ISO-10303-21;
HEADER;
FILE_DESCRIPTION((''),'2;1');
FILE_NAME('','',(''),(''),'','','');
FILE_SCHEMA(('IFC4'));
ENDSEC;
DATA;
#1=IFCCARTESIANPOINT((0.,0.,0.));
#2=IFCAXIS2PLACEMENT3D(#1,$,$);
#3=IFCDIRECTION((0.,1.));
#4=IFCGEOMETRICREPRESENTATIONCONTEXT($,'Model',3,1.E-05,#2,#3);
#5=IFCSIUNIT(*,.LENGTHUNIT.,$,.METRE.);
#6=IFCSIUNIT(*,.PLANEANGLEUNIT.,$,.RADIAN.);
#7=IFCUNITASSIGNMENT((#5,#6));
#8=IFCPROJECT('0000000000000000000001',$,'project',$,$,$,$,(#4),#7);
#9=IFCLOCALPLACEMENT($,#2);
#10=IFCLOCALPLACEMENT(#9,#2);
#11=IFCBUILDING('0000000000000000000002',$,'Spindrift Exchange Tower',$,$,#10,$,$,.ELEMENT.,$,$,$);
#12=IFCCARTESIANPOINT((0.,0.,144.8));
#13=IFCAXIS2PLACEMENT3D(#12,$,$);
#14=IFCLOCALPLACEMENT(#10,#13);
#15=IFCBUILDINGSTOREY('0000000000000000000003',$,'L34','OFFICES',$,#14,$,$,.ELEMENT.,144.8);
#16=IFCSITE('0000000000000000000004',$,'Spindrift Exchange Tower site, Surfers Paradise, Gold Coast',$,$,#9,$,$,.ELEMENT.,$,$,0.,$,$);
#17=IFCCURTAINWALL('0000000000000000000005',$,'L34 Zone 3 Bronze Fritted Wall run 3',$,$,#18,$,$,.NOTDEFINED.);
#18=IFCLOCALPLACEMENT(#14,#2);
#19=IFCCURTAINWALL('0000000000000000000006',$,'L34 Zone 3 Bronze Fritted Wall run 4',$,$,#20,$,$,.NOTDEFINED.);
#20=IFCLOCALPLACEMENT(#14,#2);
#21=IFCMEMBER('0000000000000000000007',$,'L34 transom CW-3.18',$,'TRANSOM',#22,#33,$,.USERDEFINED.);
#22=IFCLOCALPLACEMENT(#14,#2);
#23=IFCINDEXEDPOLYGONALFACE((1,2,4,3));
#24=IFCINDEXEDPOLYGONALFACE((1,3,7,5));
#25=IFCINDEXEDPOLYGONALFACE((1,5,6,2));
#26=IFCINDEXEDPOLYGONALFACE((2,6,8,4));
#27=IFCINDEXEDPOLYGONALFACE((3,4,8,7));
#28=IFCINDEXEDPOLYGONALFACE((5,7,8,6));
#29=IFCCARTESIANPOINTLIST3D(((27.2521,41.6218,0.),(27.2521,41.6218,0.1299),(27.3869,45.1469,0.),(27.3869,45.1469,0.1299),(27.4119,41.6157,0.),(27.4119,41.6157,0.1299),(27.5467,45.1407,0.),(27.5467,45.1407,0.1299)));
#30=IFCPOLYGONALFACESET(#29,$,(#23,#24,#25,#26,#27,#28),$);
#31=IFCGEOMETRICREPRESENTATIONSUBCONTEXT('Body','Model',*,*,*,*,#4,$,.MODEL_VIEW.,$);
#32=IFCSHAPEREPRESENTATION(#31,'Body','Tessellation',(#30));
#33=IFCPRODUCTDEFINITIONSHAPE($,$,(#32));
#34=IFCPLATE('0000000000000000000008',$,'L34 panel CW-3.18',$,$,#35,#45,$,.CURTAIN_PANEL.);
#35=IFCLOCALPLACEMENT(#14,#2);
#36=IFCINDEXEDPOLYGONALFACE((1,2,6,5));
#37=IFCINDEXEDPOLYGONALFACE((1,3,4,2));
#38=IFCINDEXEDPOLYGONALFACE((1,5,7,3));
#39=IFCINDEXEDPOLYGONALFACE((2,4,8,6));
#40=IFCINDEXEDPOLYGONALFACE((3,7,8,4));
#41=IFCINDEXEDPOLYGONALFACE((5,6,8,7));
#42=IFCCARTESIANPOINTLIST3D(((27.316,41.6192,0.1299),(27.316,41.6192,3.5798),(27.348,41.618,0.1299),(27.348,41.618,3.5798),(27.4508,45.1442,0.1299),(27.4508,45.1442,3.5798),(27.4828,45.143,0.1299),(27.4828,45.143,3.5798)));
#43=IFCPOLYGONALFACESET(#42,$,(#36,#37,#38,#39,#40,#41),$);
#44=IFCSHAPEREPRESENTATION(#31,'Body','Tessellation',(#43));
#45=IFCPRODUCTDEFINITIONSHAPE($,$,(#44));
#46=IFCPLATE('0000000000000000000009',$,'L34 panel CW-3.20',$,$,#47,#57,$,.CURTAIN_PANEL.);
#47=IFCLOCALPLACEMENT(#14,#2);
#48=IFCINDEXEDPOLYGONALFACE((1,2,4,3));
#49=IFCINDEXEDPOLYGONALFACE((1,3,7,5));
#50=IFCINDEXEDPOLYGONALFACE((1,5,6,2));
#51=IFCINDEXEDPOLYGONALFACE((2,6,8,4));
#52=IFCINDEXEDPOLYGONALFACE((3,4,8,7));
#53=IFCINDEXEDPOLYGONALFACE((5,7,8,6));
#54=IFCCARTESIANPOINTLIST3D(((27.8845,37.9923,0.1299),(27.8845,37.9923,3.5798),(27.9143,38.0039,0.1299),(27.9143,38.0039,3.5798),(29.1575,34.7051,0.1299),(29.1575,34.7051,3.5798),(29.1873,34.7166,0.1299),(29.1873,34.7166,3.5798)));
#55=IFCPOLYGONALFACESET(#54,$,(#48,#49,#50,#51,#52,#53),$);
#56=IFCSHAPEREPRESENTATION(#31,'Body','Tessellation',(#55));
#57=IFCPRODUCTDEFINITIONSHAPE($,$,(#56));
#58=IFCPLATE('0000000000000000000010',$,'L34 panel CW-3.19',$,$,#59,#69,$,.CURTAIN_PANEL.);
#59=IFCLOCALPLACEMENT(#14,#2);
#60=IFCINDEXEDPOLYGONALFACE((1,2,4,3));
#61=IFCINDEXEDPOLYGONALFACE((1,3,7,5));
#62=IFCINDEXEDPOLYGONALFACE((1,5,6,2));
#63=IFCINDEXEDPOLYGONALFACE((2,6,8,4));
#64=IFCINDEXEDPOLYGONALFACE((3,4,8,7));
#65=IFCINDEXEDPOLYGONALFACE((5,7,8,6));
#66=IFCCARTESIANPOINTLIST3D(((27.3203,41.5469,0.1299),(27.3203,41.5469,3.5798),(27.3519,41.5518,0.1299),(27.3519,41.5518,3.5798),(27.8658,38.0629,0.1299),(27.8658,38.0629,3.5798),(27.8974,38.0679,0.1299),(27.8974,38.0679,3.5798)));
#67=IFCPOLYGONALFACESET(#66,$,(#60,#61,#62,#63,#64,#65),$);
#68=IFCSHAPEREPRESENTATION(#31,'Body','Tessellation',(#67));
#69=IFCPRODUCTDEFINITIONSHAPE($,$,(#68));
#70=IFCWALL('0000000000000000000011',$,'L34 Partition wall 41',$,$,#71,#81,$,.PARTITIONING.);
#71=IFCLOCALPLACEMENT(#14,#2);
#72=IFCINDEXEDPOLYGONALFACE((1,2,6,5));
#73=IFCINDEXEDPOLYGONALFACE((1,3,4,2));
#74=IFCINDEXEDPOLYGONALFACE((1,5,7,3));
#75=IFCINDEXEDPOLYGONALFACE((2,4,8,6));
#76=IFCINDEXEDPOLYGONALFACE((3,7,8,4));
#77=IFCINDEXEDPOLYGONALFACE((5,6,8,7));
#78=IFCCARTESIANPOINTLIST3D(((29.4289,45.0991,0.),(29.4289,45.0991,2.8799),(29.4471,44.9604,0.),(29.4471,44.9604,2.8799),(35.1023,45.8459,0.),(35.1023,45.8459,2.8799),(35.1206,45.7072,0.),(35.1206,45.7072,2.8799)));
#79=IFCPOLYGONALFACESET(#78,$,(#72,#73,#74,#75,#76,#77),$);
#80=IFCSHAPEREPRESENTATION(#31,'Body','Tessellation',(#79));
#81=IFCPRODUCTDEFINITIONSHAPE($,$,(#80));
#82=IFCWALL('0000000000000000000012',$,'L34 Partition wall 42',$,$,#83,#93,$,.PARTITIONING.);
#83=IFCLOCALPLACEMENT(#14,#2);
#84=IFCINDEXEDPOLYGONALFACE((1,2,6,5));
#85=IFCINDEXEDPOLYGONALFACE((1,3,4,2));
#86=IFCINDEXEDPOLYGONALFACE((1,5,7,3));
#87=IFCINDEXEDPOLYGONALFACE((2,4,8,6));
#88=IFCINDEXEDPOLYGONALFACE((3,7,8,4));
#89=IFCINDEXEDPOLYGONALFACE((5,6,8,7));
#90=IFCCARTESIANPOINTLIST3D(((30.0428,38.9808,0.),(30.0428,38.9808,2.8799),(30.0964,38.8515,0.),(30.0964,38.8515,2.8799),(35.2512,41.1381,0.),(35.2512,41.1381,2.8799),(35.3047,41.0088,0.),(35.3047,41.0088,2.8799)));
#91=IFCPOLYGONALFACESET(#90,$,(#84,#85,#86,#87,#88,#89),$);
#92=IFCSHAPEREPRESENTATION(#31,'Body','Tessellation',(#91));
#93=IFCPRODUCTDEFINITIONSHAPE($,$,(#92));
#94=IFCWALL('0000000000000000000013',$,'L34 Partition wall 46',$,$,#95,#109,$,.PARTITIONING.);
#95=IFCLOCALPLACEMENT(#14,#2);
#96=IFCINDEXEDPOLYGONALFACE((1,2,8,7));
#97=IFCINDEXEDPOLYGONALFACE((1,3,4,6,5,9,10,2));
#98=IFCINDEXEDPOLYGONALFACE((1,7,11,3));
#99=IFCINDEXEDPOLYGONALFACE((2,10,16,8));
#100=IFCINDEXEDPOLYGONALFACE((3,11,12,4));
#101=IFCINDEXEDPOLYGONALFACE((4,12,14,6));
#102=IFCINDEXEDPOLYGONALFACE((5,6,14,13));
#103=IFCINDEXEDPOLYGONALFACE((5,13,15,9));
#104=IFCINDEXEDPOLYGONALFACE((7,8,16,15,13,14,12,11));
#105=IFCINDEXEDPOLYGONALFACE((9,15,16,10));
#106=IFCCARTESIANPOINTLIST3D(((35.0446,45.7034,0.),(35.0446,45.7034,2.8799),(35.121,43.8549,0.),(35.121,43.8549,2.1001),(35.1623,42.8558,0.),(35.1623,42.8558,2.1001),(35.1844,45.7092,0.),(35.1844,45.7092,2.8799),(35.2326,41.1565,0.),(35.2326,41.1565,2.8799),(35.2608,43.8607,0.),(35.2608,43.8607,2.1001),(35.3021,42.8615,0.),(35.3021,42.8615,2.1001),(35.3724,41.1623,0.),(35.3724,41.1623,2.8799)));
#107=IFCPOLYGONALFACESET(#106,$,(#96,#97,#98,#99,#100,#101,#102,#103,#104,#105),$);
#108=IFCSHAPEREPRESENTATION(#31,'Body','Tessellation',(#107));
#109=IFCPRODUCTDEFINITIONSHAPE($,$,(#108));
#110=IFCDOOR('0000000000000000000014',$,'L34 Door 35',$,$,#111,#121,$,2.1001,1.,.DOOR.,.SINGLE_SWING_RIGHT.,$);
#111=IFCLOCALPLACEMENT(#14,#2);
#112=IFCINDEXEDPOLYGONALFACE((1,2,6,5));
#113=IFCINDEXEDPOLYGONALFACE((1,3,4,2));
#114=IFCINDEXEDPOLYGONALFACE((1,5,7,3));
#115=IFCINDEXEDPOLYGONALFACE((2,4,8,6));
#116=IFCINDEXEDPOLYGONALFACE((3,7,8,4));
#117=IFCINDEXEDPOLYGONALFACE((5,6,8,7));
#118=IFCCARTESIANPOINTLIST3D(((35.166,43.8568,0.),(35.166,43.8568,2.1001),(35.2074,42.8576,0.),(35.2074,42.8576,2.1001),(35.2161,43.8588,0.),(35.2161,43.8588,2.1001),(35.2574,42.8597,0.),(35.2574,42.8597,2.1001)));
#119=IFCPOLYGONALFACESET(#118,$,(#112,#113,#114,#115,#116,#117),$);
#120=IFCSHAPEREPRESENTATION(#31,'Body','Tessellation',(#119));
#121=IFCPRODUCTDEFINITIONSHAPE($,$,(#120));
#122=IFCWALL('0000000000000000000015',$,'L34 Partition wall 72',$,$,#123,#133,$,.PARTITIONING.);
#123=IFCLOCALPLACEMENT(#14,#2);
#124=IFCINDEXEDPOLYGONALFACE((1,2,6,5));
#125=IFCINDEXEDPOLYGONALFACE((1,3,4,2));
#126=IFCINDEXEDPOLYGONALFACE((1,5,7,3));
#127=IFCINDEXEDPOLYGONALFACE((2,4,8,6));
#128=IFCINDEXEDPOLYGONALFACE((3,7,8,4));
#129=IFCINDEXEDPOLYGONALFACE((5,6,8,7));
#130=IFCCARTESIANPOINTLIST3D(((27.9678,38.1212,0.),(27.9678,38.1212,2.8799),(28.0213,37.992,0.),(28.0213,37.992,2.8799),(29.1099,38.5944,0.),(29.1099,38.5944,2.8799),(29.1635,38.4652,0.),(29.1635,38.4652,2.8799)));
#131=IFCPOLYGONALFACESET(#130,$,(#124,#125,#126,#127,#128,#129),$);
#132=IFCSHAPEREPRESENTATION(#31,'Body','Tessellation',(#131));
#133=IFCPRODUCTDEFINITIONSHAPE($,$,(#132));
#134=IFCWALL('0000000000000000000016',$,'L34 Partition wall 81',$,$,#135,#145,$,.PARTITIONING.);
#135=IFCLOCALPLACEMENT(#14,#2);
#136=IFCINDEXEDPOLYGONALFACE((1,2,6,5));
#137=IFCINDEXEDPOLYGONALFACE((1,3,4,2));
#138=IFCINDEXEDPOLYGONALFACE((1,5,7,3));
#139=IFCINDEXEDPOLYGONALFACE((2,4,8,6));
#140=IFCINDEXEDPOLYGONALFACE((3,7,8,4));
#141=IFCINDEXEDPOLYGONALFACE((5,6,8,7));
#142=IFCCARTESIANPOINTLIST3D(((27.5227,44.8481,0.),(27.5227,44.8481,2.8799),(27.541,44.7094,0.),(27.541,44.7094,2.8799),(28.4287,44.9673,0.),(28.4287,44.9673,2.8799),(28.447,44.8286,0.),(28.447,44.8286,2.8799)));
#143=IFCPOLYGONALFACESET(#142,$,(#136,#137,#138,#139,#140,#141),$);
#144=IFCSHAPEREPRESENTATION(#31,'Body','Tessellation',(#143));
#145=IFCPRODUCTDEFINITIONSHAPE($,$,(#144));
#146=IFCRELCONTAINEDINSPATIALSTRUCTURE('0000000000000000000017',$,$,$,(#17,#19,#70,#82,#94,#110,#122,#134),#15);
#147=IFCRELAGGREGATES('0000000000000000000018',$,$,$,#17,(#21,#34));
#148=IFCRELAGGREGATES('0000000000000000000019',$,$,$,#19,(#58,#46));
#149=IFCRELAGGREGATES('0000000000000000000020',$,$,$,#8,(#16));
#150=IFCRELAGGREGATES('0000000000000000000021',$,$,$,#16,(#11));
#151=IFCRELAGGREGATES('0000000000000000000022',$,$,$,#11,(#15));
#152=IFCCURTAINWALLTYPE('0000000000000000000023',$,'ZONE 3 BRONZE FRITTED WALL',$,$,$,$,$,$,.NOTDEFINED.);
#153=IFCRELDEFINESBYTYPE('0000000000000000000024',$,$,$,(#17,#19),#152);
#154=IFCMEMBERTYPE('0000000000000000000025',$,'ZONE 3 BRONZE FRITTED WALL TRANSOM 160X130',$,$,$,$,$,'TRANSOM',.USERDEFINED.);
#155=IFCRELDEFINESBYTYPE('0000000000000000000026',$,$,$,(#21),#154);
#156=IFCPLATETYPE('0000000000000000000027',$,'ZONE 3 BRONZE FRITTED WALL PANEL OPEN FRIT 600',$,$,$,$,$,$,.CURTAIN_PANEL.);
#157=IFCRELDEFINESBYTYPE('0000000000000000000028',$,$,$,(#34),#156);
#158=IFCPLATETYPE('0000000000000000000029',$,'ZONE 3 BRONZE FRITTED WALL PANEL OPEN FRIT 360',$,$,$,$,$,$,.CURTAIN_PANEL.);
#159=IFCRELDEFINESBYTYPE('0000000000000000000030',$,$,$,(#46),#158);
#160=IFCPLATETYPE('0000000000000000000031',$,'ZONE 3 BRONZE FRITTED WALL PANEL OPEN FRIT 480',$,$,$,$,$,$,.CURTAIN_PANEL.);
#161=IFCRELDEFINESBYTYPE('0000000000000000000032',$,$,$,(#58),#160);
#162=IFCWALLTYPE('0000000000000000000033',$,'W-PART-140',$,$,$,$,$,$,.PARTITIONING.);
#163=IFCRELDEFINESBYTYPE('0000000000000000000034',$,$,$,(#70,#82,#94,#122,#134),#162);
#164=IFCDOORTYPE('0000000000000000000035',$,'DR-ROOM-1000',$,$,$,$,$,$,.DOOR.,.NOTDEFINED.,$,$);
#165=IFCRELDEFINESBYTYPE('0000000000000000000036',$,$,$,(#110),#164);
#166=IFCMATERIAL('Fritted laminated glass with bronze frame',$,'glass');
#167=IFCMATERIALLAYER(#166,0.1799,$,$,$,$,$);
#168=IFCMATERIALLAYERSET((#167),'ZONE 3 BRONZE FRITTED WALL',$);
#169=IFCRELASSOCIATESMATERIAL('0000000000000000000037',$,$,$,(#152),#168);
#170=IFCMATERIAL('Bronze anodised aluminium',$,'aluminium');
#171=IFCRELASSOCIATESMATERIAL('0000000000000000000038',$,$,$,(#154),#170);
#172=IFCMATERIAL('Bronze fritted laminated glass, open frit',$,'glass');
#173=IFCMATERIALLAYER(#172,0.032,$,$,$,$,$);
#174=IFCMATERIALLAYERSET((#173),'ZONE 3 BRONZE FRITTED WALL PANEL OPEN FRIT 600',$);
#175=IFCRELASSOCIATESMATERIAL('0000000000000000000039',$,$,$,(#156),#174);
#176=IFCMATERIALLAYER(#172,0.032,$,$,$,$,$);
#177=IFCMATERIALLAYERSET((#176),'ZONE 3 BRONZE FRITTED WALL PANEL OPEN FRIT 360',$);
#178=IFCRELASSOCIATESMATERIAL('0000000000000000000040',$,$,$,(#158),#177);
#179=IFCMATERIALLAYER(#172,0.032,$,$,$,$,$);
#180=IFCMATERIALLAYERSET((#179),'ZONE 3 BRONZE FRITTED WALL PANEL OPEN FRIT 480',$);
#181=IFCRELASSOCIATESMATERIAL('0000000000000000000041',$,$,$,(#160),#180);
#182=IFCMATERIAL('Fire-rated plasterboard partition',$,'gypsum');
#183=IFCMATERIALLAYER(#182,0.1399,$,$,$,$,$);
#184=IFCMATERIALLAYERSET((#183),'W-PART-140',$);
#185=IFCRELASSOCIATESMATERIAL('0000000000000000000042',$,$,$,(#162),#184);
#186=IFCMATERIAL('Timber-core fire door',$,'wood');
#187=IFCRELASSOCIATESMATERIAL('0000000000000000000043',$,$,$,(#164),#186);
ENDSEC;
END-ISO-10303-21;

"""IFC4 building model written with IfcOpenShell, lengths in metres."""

from ifc_helpers import new_model, si_unit, direction, frame, frame_2d, origin, origin_2d, place, context, subcontext, project, spatial, rectangle, extrude, source, transform, mapped, material, layer, layer_set, material_profile, profile_set, type_object, element, fill, aggregate, save


model = new_model("IFC4")

# Units and contexts
model_context = context("Model", 3, precision=1e-05, world=origin(), true_north=direction((0.0, 1.0)))
body_context = subcontext(model_context, "Body", "Model", "MODEL_VIEW")
ifc_project = project(units=[si_unit("LENGTHUNIT", "METRE"), si_unit("PLANEANGLEUNIT", "RADIAN")], contexts=[model_context])

# Site, building, storey
site_placement = place(None, origin())
site = spatial("IfcSite", under=ifc_project, at=site_placement, Name="Spindrift Exchange Tower site, Surfers Paradise, Gold Coast", CompositionType="ELEMENT", RefElevation=0.0)
building_placement = place(site_placement, origin())
building = spatial("IfcBuilding", under=site, at=building_placement, Name="Spindrift Exchange Tower", CompositionType="ELEMENT")
storey_placement = place(building_placement, frame((0.0, 0.0, 144.8)))
storey = spatial("IfcBuildingStorey", under=building, at=storey_placement, Name="L34", Description="OFFICES", CompositionType="ELEMENT", Elevation=144.8)

# Curtain wall
ifc_material_1 = material(Name="Fritted laminated glass with bronze frame", Category="glass")
ifc_layer_1 = layer(ifc_material_1, 0.1799)
ifc_layer_set_1 = layer_set([ifc_layer_1], Name="ZONE 3 BRONZE FRITTED WALL")
curtain_wall_type = type_object("IfcCurtainWallType", Name="ZONE 3 BRONZE FRITTED WALL", PredefinedType="NOTDEFINED", material=ifc_layer_set_1)
curtain_wall_1_placement = place(storey_placement, origin())
curtain_wall_1 = element("IfcCurtainWall", 1, at=curtain_wall_1_placement, inside=storey, type_object=curtain_wall_type, Name="L34 Zone 3 Bronze Fritted Wall run 3", PredefinedType="NOTDEFINED")
ifc_material_2 = material(Name="Bronze anodised aluminium", Category="aluminium")

# Curtain wall
curtain_wall_2_placement = place(storey_placement, origin())
curtain_wall_2 = element("IfcCurtainWall", 2, at=curtain_wall_2_placement, inside=storey, type_object=curtain_wall_type, Name="L34 Zone 3 Bronze Fritted Wall run 4", PredefinedType="NOTDEFINED")
ifc_material_profile_1 = material_profile(ifc_material_2, rectangle(XDim=0.1599, YDim=0.1299, at=origin_2d()), Name="ZONE 3 BRONZE FRITTED WALL TRANSOM 160X130")
ifc_profile_set_1 = profile_set([ifc_material_profile_1], Name="Bronze anodised aluminium")
member_type_1 = type_object("IfcMemberType", Name="ZONE 3 BRONZE FRITTED WALL TRANSOM 160X130", ElementType="TRANSOM", PredefinedType="USERDEFINED", material=ifc_profile_set_1)

# Member
shared_shape_1 = source(origin(), body_context, "Body", "SweptSolid", [
    extrude(rectangle(XDim=0.1599, YDim=0.1299, at=origin_2d()), origin(), (0.0, 0.0, 1.0), 3.5276),
])
member_1_placement = place(storey_placement, frame((27.4668, 45.1438, 0.0649), z_axis=(-0.038205, -0.99927, 0.0), x_axis=(0.99927, -0.038205, 0.0)))
member_1 = element("IfcMember", 3, at=member_1_placement, type_object=member_type_1, Name="L34 transom CW-3.18", ObjectType="TRANSOM", PredefinedType="USERDEFINED", context=body_context, shape_type="MappedRepresentation", body=[
    mapped(shared_shape_1, transform((0.0, 0.0, 0.0), scale=1.0)),
])

# Plates
ifc_material_3 = material(Name="Bronze fritted laminated glass, open frit", Category="glass")
ifc_layer_2 = layer(ifc_material_3, 0.032)
ifc_layer_set_2 = layer_set([ifc_layer_2], Name="ZONE 3 BRONZE FRITTED WALL PANEL OPEN FRIT 600")
plate_type_1 = type_object("IfcPlateType", Name="ZONE 3 BRONZE FRITTED WALL PANEL OPEN FRIT 600", PredefinedType="CURTAIN_PANEL", material=ifc_layer_set_2)
shared_shape_2 = source(origin(), body_context, "Body", "SweptSolid", [
    extrude(rectangle(XDim=3.5276, YDim=0.032, at=origin_2d()), origin(), (0.0, 0.0, 1.0), 3.45),
])
plate_1_placement = place(storey_placement, frame((27.3994, 43.3811, 0.1299), z_axis=(0.0, 0.0, 1.0), x_axis=(-0.03822, -0.999269, 0.0)))
plate_1 = element("IfcPlate", 4, at=plate_1_placement, type_object=plate_type_1, Name="L34 panel CW-3.18", PredefinedType="CURTAIN_PANEL", context=body_context, shape_type="MappedRepresentation", body=[
    mapped(shared_shape_2, transform((0.0, 0.0, 0.0), scale=1.0)),
])
aggregate(curtain_wall_1, [member_1, plate_1])
ifc_layer_3 = layer(ifc_material_3, 0.032)
ifc_layer_set_3 = layer_set([ifc_layer_3], Name="ZONE 3 BRONZE FRITTED WALL PANEL OPEN FRIT 360")
plate_type_2 = type_object("IfcPlateType", Name="ZONE 3 BRONZE FRITTED WALL PANEL OPEN FRIT 360", PredefinedType="CURTAIN_PANEL", material=ifc_layer_set_3)
shared_shape_3 = source(origin(), body_context, "Body", "SweptSolid", [
    extrude(rectangle(XDim=3.5251, YDim=0.032, at=origin_2d()), origin(), (0.0, 0.0, 1.0), 3.45),
])
plate_2_placement = place(storey_placement, frame((28.5359, 36.3545, 0.1299), z_axis=(0.0, 0.0, 1.0), x_axis=(0.36113, -0.932516, 0.0)))
plate_2 = element("IfcPlate", 5, at=plate_2_placement, type_object=plate_type_2, Name="L34 panel CW-3.20", PredefinedType="CURTAIN_PANEL", context=body_context, shape_type="MappedRepresentation", body=[
    mapped(shared_shape_3, transform((0.0, 0.0, 0.0), scale=1.0)),
])
ifc_layer_4 = layer(ifc_material_3, 0.032)
ifc_layer_set_4 = layer_set([ifc_layer_4], Name="ZONE 3 BRONZE FRITTED WALL PANEL OPEN FRIT 480")
plate_type_3 = type_object("IfcPlateType", Name="ZONE 3 BRONZE FRITTED WALL PANEL OPEN FRIT 480", PredefinedType="CURTAIN_PANEL", material=ifc_layer_set_4)
shared_shape_4 = source(origin(), body_context, "Body", "SweptSolid", [
    extrude(rectangle(XDim=3.5264, YDim=0.032, at=origin_2d()), origin(), (0.0, 0.0, 1.0), 3.45),
])
plate_3_placement = place(storey_placement, frame((27.6089, 39.8074, 0.1299), z_axis=(0.0, 0.0, 1.0), x_axis=(0.154688, -0.987963, 0.0)))
plate_3 = element("IfcPlate", 6, at=plate_3_placement, type_object=plate_type_3, Name="L34 panel CW-3.19", PredefinedType="CURTAIN_PANEL", context=body_context, shape_type="MappedRepresentation", body=[
    mapped(shared_shape_4, transform((0.0, 0.0, 0.0), scale=1.0)),
])
aggregate(curtain_wall_2, [plate_3, plate_2])

# Walls
ifc_material_4 = material(Name="Fire-rated plasterboard partition", Category="gypsum")
ifc_layer_5 = layer(ifc_material_4, 0.1399)
ifc_layer_set_5 = layer_set([ifc_layer_5], Name="W-PART-140")
wall_type = type_object("IfcWallType", Name="W-PART-140", PredefinedType="PARTITIONING", material=ifc_layer_set_5)
wall_1_placement = place(storey_placement, frame((35.1116, 45.7766, 0.0), z_axis=(0.0, 0.0, 1.0), x_axis=(-0.991447, -0.130506, 0.0)))
element("IfcWall", 7, at=wall_1_placement, inside=storey, type_object=wall_type, Name="L34 Partition wall 41", PredefinedType="PARTITIONING", context=body_context, shape_type="SweptSolid", body=[
    extrude(rectangle(XDim=5.7224, YDim=0.1399, at=frame_2d((2.8613, 0.0))), origin(), (0.0, 0.0, 1.0), 2.8799),
])
wall_2_placement = place(storey_placement, frame((35.2781, 41.0735, 0.0), z_axis=(0.0, 0.0, 1.0), x_axis=(-0.923886, -0.382668, 0.0)))
element("IfcWall", 8, at=wall_2_placement, inside=storey, type_object=wall_type, Name="L34 Partition wall 42", PredefinedType="PARTITIONING", context=body_context, shape_type="SweptSolid", body=[
    extrude(rectangle(XDim=5.6375, YDim=0.1399, at=frame_2d((2.8188, 0.0))), origin(), (0.0, 0.0, 1.0), 2.8799),
])

# Wall, opening, door
wall_3_placement = place(storey_placement, frame((35.3025, 41.1594, 0.0), z_axis=(0.0, 0.0, 1.0), x_axis=(-0.041309, 0.999146, 0.0)))
wall_3 = element("IfcWall", 9, at=wall_3_placement, inside=storey, type_object=wall_type, Name="L34 Partition wall 46", PredefinedType="PARTITIONING", context=body_context, shape_type="SweptSolid", body=[
    extrude(rectangle(XDim=4.5508, YDim=0.1399, at=frame_2d((2.2754, 0.0))), origin(), (0.0, 0.0, 1.0), 2.8799),
])
opening_placement = place(wall_3_placement, frame((1.7007, 0.0, 0.0)))
opening = element("IfcOpeningElement", 10, at=opening_placement, cuts=wall_3, PredefinedType="OPENING", context=body_context, shape_type="SweptSolid", body=[
    extrude(rectangle(XDim=1.0, YDim=2.1001, at=frame_2d((0.5, 1.05))), frame((0.0, 0.0798, 0.0), z_axis=(0.0, -1.0, 0.0), x_axis=(1.0, 0.0, 0.0)), (0.0, 0.0, 1.0), 0.1599),
])
ifc_material_5 = material(Name="Timber-core fire door", Category="wood")
door_type = type_object("IfcDoorType", Name="DR-ROOM-1000", OperationType="NOTDEFINED", PredefinedType="DOOR", material=ifc_material_5)
shared_shape_5 = source(origin(), body_context, "Body", "SweptSolid", [
    extrude(rectangle(XDim=1.0, YDim=2.1001, at=frame_2d((0.5, 1.05))), frame((0.0, 0.0249, 0.0), z_axis=(0.0, -1.0, 0.0), x_axis=(1.0, 0.0, 0.0)), (0.0, 0.0, 1.0), 0.05),
])
door_placement = place(opening_placement, origin())
door = element("IfcDoor", 11, at=door_placement, inside=storey, type_object=door_type, Name="L34 Door 35", OperationType="SINGLE_SWING_RIGHT", OverallHeight=2.1001, OverallWidth=1.0, PredefinedType="DOOR", context=body_context, shape_type="MappedRepresentation", body=[
    mapped(shared_shape_5, transform((0.0, 0.0, 0.0), scale=1.0)),
])
fill(opening, door)

# Walls
wall_4_placement = place(storey_placement, frame((29.1367, 38.5298, 0.0), z_axis=(0.0, 0.0, 1.0), x_axis=(-0.923858, -0.382736, 0.0)))
element("IfcWall", 12, at=wall_4_placement, inside=storey, type_object=wall_type, Name="L34 Partition wall 72", PredefinedType="PARTITIONING", context=body_context, shape_type="SweptSolid", body=[
    extrude(rectangle(XDim=1.2363, YDim=0.1399, at=frame_2d((0.6182, 0.0))), origin(), (0.0, 0.0, 1.0), 2.8799),
])
wall_5_placement = place(storey_placement, frame((28.438, 44.8979, 0.0), z_axis=(0.0, 0.0, 1.0), x_axis=(-0.991464, -0.130378, 0.0)))
element("IfcWall", 13, at=wall_5_placement, inside=storey, type_object=wall_type, Name="L34 Partition wall 81", PredefinedType="PARTITIONING", context=body_context, shape_type="SweptSolid", body=[
    extrude(rectangle(XDim=0.9138, YDim=0.1399, at=frame_2d((0.457, 0.0))), origin(), (0.0, 0.0, 1.0), 2.8799),
])

save(model, "model.ifc")
